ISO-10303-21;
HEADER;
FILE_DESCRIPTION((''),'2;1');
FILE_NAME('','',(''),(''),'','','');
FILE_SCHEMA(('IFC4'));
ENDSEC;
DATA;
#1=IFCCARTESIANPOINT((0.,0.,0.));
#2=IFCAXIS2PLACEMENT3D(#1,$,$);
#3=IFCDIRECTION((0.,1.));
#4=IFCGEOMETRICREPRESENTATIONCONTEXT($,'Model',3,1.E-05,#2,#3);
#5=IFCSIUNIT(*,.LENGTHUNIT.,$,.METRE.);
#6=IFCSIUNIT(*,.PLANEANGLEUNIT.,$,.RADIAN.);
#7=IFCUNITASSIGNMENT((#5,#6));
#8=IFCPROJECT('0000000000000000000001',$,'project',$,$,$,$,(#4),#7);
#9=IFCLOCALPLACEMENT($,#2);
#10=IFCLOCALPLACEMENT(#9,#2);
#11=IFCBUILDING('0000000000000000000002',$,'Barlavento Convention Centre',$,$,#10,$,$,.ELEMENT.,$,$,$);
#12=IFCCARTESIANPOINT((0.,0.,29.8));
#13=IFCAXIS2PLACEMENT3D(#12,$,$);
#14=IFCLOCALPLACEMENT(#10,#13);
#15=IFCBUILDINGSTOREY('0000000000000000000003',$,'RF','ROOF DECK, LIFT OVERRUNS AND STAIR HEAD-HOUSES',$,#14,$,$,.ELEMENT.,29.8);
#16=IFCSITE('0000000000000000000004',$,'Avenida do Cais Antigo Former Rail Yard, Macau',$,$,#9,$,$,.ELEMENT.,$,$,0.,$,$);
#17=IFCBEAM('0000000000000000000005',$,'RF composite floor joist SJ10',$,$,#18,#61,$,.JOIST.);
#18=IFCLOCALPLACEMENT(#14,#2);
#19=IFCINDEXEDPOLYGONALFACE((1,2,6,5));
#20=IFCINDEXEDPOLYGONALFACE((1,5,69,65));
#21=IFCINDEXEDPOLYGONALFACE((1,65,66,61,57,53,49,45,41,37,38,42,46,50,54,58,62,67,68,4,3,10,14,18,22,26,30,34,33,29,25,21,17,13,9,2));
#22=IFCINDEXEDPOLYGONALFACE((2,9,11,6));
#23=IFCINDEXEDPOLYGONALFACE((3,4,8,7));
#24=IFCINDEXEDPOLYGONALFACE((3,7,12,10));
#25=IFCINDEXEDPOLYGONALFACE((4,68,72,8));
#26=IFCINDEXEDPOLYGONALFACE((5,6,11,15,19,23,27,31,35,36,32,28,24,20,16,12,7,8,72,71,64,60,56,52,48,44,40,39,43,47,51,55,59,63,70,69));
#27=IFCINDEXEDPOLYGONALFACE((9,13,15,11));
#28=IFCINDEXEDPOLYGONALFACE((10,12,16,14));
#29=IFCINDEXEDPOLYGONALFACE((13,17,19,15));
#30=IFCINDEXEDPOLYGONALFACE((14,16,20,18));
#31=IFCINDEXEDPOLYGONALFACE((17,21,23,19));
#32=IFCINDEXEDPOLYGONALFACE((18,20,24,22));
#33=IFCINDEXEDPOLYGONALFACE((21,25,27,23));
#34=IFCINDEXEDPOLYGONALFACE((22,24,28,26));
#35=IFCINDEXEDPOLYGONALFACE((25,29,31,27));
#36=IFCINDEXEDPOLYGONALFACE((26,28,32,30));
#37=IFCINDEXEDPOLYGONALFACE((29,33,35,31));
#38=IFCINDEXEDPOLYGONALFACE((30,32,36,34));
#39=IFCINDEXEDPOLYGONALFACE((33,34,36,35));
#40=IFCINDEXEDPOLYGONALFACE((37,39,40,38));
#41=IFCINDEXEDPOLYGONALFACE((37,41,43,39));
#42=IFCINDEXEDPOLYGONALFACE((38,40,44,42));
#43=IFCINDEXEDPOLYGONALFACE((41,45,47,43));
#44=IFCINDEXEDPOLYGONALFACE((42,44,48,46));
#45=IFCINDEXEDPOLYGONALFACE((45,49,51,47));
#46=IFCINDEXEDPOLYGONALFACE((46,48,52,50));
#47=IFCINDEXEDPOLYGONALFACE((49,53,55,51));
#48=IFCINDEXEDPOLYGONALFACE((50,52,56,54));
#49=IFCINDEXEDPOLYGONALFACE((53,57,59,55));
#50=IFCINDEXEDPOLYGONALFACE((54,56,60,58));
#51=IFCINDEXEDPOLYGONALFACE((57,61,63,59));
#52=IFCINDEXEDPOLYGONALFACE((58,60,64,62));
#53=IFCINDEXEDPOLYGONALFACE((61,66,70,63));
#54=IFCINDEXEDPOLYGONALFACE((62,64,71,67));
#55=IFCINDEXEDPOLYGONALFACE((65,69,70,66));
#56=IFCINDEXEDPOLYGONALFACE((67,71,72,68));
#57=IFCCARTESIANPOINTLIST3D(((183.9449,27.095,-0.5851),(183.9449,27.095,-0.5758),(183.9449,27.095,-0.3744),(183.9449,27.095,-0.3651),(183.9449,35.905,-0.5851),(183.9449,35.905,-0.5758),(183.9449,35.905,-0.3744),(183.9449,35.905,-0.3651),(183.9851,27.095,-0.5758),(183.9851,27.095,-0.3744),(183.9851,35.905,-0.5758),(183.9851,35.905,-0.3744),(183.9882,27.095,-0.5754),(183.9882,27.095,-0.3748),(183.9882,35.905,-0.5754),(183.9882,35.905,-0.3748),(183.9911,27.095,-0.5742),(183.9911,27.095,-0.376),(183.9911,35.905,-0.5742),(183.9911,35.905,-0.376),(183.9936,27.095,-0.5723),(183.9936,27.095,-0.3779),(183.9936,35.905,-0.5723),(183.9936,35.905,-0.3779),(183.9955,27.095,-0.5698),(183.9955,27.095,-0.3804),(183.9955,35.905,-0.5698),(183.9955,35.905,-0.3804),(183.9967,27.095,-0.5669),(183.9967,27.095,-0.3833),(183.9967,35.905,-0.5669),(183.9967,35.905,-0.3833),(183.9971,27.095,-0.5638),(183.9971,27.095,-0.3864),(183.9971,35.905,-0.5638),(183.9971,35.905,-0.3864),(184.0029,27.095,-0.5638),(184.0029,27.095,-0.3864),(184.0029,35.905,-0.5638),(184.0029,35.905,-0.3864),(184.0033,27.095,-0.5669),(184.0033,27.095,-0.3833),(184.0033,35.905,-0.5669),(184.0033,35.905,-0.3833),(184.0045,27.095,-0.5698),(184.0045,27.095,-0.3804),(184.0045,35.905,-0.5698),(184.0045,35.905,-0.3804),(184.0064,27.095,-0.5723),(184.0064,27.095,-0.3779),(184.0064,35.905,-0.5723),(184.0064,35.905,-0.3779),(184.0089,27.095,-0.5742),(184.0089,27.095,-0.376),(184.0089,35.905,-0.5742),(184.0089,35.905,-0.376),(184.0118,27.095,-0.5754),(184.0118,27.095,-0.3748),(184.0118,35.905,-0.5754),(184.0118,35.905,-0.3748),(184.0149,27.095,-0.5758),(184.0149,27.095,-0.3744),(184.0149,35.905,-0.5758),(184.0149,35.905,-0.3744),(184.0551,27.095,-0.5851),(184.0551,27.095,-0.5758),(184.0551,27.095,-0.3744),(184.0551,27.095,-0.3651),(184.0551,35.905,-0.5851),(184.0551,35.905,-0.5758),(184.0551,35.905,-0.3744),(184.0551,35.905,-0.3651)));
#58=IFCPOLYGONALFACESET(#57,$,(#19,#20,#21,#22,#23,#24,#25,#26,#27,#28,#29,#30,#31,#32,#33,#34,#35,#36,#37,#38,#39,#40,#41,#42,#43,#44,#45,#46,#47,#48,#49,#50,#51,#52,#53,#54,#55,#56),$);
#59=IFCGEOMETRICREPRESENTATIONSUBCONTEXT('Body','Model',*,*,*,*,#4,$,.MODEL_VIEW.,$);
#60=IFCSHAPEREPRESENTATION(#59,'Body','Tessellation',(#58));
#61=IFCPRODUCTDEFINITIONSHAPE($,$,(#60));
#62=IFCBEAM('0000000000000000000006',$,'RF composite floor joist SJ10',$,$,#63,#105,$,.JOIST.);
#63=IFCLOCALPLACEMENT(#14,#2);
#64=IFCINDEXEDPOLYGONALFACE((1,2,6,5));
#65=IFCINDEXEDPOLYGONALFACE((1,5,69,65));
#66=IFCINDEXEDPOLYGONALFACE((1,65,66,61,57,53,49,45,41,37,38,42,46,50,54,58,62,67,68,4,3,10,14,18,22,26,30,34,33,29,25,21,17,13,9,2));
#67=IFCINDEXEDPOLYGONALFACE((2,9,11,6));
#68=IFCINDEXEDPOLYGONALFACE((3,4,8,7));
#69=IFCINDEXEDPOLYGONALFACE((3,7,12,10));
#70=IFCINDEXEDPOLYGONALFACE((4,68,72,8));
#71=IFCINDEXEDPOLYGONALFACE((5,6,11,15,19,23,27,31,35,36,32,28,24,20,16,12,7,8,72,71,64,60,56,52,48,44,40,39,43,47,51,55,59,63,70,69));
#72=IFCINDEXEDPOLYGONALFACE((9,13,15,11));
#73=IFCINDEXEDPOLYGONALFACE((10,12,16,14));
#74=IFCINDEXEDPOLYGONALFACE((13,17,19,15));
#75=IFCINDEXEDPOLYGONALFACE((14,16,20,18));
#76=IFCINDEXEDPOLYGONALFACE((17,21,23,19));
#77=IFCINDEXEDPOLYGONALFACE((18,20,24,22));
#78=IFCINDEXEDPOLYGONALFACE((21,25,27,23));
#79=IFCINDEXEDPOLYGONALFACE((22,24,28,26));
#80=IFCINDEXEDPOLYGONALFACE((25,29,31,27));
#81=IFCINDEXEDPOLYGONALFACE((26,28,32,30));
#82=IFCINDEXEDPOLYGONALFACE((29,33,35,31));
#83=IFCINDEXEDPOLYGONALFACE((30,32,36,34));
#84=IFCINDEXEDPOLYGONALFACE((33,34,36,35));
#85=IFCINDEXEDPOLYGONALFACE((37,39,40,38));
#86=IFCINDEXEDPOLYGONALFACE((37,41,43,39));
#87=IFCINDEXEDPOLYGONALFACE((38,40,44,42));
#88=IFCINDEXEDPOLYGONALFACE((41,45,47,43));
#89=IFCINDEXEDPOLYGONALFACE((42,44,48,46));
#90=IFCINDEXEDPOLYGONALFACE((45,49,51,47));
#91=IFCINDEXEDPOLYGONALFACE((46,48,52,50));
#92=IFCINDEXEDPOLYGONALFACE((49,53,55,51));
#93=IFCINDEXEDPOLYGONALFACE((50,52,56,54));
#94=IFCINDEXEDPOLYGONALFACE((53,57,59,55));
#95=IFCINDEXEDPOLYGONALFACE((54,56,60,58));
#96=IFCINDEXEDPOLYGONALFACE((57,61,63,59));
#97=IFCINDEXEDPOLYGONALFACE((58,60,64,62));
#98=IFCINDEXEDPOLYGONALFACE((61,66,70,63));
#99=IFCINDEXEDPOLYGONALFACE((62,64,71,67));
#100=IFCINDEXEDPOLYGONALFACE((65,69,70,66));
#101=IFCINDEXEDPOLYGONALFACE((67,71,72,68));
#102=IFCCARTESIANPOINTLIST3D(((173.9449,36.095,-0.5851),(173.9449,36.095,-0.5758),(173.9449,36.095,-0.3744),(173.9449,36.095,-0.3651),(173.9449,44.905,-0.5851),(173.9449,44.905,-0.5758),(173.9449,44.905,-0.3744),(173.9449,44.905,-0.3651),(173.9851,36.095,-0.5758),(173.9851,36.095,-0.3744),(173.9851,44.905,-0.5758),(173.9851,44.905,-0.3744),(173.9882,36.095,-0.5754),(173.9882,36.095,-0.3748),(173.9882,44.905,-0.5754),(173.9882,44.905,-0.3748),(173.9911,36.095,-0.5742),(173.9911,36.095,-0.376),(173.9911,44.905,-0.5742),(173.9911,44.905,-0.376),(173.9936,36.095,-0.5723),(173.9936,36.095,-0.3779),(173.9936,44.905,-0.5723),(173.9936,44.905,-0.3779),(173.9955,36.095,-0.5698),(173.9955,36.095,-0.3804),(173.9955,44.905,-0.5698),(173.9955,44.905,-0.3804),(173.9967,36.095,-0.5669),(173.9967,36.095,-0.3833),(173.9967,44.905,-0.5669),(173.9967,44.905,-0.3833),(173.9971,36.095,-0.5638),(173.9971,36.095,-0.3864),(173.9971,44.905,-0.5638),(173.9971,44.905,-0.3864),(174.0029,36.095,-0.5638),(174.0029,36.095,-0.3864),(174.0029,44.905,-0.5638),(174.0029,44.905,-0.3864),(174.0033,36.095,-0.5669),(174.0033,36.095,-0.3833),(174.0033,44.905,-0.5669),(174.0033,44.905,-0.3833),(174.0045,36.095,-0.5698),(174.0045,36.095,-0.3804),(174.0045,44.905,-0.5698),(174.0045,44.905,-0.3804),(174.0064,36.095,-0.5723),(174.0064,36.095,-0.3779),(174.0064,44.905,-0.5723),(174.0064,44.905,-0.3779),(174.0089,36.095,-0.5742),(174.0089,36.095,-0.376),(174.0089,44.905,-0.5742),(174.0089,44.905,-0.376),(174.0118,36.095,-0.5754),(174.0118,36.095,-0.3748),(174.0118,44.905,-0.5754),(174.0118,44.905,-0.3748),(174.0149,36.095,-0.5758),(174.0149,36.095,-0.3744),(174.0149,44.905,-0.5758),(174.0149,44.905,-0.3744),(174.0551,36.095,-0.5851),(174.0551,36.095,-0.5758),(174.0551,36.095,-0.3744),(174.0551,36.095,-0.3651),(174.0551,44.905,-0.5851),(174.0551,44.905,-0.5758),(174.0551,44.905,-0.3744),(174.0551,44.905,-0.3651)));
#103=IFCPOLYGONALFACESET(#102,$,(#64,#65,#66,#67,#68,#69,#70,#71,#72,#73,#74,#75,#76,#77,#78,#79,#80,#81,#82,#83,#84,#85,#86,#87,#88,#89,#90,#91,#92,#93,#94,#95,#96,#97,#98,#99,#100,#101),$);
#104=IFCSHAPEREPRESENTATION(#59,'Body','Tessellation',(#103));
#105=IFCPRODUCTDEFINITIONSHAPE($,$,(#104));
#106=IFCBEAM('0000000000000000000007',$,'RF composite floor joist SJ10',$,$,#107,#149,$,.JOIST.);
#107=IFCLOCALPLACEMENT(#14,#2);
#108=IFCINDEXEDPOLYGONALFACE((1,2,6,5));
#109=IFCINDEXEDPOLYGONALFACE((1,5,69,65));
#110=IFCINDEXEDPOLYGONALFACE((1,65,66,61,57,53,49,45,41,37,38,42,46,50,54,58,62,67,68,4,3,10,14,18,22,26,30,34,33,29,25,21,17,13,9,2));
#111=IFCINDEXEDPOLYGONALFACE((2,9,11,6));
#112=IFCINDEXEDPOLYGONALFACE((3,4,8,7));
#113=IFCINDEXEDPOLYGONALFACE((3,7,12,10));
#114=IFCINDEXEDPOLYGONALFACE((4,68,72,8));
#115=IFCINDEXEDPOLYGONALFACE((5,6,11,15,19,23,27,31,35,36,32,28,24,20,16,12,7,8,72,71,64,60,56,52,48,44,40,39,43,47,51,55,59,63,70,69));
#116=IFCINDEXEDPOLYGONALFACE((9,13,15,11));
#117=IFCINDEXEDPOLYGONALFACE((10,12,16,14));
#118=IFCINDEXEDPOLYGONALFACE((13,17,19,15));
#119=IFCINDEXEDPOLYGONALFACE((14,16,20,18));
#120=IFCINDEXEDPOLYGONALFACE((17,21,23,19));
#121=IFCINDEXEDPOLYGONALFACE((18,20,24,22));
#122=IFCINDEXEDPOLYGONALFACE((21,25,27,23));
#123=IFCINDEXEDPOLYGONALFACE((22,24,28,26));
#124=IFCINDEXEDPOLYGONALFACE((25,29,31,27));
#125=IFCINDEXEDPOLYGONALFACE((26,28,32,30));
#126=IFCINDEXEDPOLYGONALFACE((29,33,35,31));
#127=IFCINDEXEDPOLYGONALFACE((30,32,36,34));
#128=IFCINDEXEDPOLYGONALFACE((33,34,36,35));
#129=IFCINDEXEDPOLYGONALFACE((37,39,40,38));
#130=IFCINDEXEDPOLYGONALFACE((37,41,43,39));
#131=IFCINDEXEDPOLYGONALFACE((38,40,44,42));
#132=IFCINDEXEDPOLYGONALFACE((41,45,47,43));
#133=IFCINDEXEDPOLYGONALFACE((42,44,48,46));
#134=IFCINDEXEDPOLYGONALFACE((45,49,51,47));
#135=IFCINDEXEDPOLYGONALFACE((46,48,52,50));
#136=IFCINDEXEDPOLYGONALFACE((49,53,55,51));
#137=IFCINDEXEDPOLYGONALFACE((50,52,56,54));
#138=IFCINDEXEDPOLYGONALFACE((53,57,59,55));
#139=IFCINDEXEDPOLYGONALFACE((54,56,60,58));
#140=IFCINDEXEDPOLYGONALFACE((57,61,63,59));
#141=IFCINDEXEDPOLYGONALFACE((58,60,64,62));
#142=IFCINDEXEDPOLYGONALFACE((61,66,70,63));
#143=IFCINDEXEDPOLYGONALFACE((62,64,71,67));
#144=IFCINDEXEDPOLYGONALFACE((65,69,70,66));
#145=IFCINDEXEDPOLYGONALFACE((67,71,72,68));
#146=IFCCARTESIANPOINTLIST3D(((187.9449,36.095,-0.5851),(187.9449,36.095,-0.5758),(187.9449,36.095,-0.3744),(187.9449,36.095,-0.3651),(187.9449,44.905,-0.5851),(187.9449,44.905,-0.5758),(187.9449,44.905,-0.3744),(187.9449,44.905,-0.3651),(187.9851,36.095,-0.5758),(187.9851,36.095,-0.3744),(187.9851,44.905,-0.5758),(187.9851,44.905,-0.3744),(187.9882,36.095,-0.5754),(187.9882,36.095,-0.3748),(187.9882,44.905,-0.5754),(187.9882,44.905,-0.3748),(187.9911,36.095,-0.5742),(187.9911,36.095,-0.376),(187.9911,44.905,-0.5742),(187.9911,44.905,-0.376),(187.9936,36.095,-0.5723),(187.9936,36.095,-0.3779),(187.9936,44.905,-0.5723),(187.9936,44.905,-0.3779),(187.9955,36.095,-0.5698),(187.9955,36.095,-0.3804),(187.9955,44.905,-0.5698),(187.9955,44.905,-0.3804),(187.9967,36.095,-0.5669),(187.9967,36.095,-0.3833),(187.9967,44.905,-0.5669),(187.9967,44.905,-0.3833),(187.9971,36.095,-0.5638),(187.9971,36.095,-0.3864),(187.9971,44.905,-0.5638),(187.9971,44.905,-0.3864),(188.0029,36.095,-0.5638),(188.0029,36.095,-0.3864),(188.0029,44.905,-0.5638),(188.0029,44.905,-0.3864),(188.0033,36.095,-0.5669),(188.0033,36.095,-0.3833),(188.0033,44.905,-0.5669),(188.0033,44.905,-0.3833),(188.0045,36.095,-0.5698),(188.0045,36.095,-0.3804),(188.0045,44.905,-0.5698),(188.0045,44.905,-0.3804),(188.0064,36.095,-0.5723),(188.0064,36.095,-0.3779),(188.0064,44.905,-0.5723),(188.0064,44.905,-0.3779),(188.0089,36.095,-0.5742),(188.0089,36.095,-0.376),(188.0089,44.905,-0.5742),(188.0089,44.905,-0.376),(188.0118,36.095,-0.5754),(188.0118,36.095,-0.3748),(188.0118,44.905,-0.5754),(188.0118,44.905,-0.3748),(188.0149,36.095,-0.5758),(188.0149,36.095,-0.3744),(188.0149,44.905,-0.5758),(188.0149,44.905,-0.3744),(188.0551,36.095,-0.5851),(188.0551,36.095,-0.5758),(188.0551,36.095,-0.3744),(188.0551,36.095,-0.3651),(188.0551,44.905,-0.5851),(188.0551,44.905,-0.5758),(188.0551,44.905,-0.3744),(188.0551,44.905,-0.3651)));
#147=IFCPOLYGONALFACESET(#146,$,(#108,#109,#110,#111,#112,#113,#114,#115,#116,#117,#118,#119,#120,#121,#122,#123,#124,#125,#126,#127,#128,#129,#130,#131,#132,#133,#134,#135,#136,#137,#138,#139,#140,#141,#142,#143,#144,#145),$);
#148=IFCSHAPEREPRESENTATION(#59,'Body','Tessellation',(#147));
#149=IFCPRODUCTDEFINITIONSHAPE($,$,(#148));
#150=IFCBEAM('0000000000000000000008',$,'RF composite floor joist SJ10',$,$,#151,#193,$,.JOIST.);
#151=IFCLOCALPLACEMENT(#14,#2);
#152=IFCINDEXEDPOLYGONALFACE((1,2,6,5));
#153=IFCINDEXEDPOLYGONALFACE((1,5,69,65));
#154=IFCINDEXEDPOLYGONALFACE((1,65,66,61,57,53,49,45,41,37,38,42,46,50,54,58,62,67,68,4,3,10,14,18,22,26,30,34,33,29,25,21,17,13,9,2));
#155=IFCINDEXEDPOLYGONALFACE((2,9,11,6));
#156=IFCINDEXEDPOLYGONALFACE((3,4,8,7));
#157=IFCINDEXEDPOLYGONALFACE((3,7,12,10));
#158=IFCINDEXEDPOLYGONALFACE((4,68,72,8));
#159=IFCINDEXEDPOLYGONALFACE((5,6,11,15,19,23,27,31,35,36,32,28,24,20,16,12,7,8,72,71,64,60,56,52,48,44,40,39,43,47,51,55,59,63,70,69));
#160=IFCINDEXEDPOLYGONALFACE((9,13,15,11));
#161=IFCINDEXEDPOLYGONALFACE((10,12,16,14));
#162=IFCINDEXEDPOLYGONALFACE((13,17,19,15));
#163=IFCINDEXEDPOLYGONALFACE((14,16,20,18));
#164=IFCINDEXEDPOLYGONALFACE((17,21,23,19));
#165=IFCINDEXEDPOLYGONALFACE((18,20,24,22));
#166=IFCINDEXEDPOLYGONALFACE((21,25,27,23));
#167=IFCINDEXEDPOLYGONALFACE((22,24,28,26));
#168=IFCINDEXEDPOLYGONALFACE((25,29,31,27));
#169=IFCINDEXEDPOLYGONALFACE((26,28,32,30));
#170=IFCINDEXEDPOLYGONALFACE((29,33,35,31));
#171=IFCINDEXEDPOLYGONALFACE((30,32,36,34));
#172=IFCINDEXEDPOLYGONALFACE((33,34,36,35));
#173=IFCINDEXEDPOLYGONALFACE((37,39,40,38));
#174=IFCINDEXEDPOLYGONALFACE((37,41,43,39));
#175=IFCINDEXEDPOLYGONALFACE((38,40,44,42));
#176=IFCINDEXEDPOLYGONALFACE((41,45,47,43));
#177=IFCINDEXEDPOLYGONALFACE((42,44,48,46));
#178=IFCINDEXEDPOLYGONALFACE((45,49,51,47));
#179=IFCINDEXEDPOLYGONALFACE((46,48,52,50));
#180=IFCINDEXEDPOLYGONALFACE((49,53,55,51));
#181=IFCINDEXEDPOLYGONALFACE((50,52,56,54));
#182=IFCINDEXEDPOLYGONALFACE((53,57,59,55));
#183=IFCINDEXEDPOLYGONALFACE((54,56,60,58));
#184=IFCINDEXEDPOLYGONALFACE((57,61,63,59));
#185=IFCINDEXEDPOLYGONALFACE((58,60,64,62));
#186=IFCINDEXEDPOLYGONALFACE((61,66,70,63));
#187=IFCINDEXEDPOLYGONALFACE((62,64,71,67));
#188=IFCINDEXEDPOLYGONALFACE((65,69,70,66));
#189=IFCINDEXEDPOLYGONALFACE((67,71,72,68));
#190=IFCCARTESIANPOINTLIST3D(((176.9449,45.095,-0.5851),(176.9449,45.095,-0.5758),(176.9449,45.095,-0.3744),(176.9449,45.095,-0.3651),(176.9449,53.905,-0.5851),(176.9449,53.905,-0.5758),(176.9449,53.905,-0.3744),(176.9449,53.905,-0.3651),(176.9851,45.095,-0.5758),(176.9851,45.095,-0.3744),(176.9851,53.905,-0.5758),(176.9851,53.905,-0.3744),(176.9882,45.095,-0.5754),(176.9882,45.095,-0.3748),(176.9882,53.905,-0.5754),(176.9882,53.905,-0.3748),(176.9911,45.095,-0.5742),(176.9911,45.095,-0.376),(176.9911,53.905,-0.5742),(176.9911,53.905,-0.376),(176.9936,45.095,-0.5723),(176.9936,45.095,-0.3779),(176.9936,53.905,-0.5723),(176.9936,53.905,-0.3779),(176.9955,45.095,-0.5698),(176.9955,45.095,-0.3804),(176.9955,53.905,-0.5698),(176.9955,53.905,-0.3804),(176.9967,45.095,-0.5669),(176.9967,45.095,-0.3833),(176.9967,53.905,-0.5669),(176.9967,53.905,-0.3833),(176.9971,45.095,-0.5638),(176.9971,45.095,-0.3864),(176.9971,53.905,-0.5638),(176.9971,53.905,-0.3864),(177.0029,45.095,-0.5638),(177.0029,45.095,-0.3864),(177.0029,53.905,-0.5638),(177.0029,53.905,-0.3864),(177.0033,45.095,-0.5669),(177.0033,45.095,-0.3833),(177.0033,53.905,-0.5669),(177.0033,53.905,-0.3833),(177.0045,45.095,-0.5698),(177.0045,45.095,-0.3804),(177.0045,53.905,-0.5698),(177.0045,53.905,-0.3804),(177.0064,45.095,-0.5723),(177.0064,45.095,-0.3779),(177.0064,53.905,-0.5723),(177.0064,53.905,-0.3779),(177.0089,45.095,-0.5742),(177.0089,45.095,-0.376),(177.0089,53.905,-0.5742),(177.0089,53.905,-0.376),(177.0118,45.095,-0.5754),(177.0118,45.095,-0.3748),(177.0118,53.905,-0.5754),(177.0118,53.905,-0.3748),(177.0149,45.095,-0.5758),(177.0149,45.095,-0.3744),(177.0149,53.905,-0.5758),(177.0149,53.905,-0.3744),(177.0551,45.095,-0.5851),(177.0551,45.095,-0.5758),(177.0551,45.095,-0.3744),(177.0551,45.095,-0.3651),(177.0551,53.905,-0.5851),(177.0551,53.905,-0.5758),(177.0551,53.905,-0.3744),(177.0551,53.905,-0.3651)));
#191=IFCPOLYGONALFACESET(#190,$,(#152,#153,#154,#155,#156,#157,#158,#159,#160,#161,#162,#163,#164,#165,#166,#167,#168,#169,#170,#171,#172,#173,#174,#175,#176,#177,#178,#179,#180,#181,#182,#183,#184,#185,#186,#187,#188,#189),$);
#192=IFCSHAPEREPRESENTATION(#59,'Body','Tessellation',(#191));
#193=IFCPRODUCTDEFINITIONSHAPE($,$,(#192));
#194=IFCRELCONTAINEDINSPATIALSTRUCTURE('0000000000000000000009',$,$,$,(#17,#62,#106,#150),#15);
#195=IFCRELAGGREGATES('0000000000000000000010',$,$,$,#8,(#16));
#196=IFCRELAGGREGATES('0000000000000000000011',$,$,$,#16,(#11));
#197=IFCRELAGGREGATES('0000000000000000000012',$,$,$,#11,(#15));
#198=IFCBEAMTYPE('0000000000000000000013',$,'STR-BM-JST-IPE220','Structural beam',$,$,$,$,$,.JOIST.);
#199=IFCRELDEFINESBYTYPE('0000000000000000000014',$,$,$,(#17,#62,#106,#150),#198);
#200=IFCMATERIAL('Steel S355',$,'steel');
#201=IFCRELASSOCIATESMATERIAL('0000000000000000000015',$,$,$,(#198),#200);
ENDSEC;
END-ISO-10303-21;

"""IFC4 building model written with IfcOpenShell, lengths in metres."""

from ifc_helpers import new_model, si_unit, direction, frame, origin, origin_2d, place, context, subcontext, project, spatial, i_section, extrude, material, material_profile, profile_set, type_object, element, save


model = new_model("IFC4")

# Units and contexts
model_context = context("Model", 3, precision=1e-05, world=origin(), true_north=direction((0.0, 1.0)))
body_context = subcontext(model_context, "Body", "Model", "MODEL_VIEW")
ifc_project = project(units=[si_unit("LENGTHUNIT", "METRE"), si_unit("PLANEANGLEUNIT", "RADIAN")], contexts=[model_context])

# Site, building, storey
site_placement = place(None, origin())
site = spatial("IfcSite", under=ifc_project, at=site_placement, Name="Avenida do Cais Antigo Former Rail Yard, Macau", CompositionType="ELEMENT", RefElevation=0.0)
building_placement = place(site_placement, origin())
building = spatial("IfcBuilding", under=site, at=building_placement, Name="Barlavento Convention Centre", CompositionType="ELEMENT")
storey_placement = place(building_placement, frame((0.0, 0.0, 29.8)))
storey = spatial("IfcBuildingStorey", under=building, at=storey_placement, Name="RF", Description="ROOF DECK, LIFT OVERRUNS AND STAIR HEAD-HOUSES", CompositionType="ELEMENT", Elevation=29.8)

# Beams
ifc_material_1 = material(Name="Steel S355", Category="steel")
ifc_material_profile_1 = material_profile(ifc_material_1, i_section(OverallWidth=0.1101, OverallDepth=0.22, WebThickness=0.0059, FlangeThickness=0.0093, FilletRadius=0.012, at=origin_2d()), Name="IPE 220")
ifc_profile_set_1 = profile_set([ifc_material_profile_1], Name="Steel S355")
beam_type_1 = type_object("IfcBeamType", Name="STR-BM-JST-IPE220", Description="Structural beam", PredefinedType="JOIST", material=ifc_profile_set_1)
for number, where, z_axis, x_axis, name in (
    (1, (184.0, 27.095, -0.4751), (0.0, 1.0, 0.0), (-1.0, 0.0, 0.0), "RF composite floor joist SJ10"),
    (2, (174.0, 36.095, -0.4751), (0.0, 1.0, 0.0), (-1.0, 0.0, 0.0), "RF composite floor joist SJ10"),
    (3, (188.0, 36.095, -0.4751), (0.0, 1.0, 0.0), (-1.0, 0.0, 0.0), "RF composite floor joist SJ10"),
    (4, (177.0, 45.095, -0.4751), (0.0, 1.0, 0.0), (-1.0, 0.0, 0.0), "RF composite floor joist SJ10"),
):
    element("IfcBeam", number, at=place(storey_placement, frame(where, z_axis=z_axis, x_axis=x_axis)), inside=storey, type_object=beam_type_1, Name=name, PredefinedType="JOIST", context=body_context, shape_type="SweptSolid", body=[
        extrude(i_section(OverallWidth=0.1101, OverallDepth=0.22, WebThickness=0.0059, FlangeThickness=0.0093, FilletRadius=0.012, at=origin_2d()), origin(), (0.0, 0.0, 1.0), 8.8101),
    ])

save(model, "model.ifc")
